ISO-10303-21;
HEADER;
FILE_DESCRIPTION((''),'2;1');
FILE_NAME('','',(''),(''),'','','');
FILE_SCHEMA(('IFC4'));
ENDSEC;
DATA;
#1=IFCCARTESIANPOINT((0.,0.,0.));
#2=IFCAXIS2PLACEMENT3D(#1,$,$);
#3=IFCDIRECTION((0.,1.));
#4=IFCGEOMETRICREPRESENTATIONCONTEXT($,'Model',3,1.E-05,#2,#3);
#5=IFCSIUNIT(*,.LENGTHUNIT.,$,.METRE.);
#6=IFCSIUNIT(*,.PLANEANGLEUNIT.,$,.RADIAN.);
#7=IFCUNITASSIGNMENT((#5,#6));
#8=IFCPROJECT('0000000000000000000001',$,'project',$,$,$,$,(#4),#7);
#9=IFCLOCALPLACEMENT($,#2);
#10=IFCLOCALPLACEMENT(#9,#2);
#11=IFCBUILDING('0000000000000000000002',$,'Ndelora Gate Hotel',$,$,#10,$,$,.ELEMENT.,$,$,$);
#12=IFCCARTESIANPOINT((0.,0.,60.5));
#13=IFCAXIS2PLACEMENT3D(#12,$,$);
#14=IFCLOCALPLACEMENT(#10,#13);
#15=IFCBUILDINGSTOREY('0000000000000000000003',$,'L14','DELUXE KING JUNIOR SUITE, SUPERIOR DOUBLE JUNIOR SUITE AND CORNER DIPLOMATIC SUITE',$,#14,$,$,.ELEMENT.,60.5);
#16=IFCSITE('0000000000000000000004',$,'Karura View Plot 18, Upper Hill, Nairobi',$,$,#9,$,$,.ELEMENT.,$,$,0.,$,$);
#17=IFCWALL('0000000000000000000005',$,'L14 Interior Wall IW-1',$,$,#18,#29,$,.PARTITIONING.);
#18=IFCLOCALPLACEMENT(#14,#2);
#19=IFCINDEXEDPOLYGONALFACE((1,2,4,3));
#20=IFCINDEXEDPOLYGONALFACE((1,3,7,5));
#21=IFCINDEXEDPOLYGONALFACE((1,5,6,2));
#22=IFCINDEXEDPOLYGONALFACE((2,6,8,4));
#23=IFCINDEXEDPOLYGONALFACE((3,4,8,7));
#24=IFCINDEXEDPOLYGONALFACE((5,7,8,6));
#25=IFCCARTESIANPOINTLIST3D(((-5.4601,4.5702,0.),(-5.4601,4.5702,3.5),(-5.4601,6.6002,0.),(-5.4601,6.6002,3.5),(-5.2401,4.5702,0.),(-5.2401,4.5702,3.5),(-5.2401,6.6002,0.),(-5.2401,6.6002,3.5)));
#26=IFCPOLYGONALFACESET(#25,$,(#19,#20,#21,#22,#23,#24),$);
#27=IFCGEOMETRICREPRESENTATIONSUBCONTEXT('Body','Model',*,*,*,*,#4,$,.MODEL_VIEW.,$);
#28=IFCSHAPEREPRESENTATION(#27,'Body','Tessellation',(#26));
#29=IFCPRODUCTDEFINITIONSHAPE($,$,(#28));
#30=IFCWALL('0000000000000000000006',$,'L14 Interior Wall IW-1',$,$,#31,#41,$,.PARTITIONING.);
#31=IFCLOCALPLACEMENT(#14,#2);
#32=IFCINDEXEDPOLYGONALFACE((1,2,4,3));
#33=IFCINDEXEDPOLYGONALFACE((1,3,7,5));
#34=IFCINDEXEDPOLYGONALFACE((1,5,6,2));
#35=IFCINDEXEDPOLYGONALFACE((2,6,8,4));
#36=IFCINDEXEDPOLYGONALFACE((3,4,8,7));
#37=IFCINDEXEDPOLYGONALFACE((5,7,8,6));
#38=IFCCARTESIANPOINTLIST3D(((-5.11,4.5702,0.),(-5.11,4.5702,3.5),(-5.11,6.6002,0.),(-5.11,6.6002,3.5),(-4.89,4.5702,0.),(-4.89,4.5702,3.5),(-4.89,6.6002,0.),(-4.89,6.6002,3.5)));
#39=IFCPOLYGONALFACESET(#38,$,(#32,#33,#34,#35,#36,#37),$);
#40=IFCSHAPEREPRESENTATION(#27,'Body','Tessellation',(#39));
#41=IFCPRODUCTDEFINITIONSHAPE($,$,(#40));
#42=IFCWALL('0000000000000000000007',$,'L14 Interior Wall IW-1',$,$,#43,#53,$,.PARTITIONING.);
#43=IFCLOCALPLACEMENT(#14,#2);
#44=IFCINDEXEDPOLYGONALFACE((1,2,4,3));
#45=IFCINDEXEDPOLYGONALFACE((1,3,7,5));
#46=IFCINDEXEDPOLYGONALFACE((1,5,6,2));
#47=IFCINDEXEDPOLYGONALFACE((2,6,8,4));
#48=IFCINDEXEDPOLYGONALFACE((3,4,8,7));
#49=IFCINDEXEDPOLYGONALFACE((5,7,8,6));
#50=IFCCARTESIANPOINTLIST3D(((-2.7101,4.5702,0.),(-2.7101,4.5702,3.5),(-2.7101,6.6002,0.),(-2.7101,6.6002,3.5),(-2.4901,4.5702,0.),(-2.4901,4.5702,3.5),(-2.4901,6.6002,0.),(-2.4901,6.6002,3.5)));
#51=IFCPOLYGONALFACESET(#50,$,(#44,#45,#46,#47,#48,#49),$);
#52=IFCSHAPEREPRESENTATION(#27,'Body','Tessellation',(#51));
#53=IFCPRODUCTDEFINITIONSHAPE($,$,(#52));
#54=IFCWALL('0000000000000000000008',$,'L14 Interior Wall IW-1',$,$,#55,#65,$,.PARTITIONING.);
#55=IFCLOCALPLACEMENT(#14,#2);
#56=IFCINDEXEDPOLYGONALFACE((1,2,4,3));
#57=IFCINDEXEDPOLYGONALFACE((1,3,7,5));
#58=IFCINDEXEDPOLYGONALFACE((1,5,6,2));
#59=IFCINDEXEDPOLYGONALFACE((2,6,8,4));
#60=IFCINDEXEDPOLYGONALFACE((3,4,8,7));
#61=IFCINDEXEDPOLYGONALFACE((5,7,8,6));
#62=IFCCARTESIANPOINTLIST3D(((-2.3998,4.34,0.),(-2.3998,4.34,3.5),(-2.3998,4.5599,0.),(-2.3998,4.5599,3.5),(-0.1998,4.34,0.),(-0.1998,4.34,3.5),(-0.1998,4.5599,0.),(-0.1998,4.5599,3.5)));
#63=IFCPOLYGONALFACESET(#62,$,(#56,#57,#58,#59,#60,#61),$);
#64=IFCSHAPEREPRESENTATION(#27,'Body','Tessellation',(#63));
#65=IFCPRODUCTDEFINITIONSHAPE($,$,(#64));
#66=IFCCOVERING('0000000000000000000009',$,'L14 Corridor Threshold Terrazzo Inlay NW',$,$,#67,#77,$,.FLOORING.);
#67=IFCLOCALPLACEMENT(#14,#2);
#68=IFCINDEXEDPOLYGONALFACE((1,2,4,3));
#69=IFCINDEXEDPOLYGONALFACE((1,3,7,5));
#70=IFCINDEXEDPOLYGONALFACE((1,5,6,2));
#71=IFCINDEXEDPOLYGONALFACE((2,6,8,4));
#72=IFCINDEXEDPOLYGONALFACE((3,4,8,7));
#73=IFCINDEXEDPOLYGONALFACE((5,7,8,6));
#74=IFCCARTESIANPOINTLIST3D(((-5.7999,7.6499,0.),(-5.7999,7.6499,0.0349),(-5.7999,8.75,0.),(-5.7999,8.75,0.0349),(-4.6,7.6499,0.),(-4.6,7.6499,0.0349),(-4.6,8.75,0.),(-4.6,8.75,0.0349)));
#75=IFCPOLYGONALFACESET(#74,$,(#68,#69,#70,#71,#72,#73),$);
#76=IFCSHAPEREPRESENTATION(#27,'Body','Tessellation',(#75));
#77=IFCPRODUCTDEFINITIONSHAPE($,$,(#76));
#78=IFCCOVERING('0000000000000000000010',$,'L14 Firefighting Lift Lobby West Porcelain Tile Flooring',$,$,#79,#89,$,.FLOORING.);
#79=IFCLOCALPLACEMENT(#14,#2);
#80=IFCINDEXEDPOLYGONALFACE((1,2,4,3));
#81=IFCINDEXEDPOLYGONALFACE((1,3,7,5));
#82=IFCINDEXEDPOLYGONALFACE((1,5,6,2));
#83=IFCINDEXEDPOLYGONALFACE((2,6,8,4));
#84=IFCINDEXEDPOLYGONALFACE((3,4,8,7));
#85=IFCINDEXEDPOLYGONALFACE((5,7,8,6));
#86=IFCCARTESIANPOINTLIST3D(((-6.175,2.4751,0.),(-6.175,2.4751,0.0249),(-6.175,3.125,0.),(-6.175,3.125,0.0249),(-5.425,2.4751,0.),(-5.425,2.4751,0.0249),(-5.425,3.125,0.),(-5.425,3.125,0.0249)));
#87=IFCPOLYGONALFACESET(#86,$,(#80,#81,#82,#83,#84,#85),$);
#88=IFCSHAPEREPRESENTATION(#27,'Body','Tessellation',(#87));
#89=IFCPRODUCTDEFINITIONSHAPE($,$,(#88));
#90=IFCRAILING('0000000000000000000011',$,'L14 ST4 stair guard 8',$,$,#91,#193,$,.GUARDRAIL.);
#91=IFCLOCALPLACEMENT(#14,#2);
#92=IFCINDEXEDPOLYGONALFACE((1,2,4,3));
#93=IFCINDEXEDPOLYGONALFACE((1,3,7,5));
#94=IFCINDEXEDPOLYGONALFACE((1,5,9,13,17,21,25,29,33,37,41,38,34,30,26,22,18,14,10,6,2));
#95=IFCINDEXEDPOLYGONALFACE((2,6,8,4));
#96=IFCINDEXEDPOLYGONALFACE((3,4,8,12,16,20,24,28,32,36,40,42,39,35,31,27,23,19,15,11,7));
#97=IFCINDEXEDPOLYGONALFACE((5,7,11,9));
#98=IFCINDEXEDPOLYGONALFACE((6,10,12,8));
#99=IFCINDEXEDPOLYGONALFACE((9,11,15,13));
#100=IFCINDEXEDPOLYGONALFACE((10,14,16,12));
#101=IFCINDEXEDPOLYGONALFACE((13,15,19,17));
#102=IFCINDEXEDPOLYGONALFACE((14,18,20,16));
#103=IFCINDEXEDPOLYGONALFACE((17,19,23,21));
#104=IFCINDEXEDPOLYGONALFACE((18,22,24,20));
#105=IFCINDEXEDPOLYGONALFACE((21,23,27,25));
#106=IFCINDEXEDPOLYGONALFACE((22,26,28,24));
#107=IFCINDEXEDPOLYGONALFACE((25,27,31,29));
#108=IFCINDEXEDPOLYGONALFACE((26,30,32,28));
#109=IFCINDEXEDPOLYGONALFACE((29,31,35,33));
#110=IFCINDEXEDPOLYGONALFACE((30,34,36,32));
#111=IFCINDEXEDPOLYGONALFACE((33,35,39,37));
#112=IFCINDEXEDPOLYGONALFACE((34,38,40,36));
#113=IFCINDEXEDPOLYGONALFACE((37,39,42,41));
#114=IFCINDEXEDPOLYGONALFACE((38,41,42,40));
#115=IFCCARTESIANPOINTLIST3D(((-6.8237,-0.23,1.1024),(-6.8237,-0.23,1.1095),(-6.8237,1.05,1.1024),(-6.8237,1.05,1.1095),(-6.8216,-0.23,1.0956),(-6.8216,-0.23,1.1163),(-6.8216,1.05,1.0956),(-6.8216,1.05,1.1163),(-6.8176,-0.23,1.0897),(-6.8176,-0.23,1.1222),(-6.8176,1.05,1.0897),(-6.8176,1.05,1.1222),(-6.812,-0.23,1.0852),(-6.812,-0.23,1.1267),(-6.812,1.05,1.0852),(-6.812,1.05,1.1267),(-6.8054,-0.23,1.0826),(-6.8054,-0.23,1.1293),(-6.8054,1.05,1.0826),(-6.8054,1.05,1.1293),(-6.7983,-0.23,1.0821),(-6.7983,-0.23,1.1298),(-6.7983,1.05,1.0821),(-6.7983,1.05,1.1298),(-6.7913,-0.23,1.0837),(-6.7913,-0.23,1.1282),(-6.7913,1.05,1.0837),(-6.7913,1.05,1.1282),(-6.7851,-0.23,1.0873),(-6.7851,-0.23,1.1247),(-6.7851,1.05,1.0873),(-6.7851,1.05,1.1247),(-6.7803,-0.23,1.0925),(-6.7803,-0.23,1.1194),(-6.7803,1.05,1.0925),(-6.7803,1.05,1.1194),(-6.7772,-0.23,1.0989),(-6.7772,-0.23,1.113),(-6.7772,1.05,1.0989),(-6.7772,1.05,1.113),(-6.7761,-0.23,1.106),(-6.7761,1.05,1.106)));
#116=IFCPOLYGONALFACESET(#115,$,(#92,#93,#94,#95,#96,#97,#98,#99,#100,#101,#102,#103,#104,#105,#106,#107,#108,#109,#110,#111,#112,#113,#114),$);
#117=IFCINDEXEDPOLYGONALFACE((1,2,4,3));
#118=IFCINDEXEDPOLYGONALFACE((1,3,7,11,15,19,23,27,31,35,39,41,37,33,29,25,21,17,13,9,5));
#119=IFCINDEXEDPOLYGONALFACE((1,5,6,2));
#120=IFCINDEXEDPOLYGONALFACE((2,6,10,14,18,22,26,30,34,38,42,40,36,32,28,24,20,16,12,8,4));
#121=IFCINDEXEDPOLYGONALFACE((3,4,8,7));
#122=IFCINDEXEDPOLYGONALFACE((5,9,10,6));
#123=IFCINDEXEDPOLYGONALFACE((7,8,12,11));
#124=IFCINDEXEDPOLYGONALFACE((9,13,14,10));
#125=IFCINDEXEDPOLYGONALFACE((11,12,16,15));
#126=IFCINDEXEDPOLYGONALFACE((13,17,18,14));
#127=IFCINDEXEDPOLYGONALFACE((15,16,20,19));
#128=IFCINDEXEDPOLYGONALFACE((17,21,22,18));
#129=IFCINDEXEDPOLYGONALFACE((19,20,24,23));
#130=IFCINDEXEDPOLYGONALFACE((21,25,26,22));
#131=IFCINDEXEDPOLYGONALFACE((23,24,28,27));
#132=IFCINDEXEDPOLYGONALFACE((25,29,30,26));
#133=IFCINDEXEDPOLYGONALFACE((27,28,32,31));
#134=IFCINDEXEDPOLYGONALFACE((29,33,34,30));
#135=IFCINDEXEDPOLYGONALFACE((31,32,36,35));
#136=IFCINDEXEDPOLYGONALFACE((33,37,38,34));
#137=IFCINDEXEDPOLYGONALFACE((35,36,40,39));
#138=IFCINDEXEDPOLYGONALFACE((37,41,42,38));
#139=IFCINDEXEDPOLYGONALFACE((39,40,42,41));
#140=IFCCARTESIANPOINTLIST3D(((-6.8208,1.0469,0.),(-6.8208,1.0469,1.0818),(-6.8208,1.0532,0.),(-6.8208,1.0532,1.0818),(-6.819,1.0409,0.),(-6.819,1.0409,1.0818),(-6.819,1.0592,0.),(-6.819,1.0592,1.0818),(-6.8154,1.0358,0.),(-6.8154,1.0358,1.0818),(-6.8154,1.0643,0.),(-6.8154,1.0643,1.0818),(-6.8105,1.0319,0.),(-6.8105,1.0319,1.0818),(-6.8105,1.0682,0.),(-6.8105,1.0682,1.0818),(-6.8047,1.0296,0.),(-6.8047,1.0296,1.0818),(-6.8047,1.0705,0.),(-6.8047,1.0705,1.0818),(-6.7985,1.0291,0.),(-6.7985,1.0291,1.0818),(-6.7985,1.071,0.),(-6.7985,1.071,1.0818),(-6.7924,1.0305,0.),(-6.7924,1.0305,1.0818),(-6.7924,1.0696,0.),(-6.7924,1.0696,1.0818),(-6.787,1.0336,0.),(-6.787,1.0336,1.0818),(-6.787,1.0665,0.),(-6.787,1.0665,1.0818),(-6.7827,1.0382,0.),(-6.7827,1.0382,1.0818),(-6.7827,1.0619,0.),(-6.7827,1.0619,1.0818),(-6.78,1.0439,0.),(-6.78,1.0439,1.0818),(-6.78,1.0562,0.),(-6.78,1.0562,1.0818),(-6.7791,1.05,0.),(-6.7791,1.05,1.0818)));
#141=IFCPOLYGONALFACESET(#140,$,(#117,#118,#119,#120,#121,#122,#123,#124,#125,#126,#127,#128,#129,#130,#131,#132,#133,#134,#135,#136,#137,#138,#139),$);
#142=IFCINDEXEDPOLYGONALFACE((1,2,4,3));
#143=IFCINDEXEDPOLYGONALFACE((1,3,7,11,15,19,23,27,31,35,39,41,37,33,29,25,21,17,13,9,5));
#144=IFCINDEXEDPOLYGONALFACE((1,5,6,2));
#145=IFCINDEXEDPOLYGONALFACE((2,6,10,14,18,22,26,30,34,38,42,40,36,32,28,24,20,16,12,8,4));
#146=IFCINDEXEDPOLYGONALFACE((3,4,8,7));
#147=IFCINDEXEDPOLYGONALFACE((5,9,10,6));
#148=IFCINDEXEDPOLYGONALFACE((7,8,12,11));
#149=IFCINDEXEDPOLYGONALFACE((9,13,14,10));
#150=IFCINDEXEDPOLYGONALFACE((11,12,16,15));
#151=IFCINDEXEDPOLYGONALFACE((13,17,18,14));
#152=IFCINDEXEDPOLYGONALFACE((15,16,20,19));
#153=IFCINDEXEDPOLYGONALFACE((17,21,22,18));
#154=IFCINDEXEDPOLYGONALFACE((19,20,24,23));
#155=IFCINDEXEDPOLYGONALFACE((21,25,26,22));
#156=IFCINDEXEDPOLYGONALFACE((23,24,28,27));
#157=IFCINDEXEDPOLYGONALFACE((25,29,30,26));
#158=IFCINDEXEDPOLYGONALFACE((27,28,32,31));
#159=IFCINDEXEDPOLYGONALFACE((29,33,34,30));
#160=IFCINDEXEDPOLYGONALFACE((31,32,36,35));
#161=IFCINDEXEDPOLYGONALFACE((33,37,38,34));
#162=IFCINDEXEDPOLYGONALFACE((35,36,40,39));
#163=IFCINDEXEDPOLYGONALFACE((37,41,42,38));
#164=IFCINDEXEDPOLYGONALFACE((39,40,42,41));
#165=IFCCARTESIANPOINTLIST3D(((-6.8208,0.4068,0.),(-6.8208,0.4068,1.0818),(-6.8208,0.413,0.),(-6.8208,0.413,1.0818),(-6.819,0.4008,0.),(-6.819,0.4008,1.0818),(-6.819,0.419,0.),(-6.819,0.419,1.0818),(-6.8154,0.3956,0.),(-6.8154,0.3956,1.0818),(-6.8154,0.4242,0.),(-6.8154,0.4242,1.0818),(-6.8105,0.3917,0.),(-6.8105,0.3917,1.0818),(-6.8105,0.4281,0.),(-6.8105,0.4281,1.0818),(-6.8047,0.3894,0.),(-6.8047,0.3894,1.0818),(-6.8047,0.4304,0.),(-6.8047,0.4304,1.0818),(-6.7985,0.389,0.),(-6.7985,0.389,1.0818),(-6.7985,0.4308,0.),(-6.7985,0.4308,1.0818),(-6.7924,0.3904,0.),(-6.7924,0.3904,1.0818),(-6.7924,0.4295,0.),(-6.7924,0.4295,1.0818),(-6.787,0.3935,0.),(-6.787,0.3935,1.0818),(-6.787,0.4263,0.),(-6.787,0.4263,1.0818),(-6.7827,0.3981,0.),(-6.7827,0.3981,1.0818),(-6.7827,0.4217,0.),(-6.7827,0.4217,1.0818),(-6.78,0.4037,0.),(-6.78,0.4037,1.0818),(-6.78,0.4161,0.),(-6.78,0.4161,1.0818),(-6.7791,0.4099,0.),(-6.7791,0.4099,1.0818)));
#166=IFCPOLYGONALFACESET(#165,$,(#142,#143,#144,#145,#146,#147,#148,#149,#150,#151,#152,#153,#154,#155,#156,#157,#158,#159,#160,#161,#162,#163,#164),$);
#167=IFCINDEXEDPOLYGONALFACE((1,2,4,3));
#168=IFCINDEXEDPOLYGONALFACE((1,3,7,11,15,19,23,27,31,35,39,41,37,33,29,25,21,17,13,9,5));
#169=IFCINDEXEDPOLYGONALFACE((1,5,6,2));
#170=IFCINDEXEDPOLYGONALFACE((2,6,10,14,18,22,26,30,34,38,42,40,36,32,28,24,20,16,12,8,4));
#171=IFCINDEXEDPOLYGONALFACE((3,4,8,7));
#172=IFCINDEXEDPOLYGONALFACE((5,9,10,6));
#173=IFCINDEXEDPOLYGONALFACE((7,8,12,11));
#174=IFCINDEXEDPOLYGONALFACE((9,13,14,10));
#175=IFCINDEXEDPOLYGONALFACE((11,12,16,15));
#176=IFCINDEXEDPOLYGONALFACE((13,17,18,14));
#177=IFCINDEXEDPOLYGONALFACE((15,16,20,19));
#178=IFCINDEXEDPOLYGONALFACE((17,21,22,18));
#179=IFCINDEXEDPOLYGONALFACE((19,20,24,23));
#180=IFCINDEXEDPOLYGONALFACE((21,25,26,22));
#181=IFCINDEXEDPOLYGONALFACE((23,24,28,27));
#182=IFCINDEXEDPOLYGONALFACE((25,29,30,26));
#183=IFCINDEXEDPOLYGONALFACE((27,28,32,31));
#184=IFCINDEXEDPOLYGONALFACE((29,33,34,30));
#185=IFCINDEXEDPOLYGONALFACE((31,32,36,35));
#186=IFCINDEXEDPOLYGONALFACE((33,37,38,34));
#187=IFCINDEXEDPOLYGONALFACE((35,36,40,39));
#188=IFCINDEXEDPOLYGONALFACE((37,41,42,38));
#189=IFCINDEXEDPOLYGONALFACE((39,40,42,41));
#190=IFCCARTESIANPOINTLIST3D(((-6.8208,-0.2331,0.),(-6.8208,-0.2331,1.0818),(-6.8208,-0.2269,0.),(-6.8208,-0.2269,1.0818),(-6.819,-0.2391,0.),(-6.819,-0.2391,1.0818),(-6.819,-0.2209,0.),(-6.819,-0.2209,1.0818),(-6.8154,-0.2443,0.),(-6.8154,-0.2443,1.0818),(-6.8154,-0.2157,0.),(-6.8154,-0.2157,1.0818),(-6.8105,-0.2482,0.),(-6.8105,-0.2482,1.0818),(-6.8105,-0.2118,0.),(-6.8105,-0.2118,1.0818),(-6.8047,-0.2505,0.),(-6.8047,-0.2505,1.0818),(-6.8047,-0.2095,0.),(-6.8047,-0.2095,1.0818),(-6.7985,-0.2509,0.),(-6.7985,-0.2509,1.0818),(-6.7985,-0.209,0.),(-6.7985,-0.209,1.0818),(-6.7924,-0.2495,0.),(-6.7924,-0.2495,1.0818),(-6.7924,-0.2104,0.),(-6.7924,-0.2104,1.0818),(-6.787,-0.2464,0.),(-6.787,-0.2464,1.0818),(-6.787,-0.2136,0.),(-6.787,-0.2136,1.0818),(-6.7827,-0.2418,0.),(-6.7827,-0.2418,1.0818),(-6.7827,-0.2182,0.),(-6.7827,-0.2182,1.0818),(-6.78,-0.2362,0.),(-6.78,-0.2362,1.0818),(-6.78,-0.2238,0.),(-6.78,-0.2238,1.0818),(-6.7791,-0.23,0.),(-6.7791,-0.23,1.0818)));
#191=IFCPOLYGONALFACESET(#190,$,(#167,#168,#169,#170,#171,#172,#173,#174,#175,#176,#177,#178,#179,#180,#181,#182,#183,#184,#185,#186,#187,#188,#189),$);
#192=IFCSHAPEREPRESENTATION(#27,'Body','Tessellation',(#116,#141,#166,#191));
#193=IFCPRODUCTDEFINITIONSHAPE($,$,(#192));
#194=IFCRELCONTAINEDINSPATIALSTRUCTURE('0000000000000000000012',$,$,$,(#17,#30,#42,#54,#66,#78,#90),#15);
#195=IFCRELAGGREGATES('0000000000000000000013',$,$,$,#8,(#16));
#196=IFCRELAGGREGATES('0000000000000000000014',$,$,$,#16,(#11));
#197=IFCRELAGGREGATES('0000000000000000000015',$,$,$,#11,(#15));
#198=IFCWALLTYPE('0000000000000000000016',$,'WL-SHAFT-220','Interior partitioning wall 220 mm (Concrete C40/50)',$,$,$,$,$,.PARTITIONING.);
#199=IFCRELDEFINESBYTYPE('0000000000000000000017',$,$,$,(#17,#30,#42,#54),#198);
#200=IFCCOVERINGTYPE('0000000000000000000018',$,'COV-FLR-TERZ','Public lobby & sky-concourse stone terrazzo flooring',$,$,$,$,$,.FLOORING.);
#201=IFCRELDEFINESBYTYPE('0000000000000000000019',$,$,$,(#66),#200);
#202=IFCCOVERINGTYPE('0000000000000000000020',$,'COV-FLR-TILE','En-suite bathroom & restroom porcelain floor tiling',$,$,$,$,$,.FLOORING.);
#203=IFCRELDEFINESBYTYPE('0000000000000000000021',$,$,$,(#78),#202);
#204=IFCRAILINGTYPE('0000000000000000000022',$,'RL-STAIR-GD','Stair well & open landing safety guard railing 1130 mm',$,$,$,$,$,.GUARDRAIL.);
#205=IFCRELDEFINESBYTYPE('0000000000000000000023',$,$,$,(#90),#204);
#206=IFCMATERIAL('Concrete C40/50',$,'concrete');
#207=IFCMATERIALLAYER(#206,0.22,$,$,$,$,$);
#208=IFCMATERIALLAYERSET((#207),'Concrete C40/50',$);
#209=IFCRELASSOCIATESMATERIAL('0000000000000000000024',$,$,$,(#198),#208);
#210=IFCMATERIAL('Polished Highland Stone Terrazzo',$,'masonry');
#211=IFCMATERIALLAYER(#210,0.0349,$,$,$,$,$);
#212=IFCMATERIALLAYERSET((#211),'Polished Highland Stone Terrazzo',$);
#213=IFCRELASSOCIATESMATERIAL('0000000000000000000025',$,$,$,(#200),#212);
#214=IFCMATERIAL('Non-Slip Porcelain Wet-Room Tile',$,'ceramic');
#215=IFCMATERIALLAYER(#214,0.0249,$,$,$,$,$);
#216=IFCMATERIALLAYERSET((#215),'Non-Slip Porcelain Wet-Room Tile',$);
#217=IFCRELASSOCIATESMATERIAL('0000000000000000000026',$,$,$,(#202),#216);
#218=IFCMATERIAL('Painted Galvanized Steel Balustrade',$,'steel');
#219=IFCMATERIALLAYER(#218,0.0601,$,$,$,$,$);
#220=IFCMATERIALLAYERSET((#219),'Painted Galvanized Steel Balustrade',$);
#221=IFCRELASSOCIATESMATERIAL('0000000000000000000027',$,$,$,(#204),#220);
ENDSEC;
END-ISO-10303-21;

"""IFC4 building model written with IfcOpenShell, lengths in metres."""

from ifc_helpers import new_model, si_unit, direction, frame, frame_2d, origin, origin_2d, place, context, subcontext, project, spatial, rectangle, circle, extrude, material, layer, layer_set, type_object, element, save


model = new_model("IFC4")

# Units and contexts
model_context = context("Model", 3, precision=1e-05, world=origin(), true_north=direction((0.0, 1.0)))
body_context = subcontext(model_context, "Body", "Model", "MODEL_VIEW")
ifc_project = project(units=[si_unit("LENGTHUNIT", "METRE"), si_unit("PLANEANGLEUNIT", "RADIAN")], contexts=[model_context])

# Site, building, storey
site_placement = place(None, origin())
site = spatial("IfcSite", under=ifc_project, at=site_placement, Name="Karura View Plot 18, Upper Hill, Nairobi", CompositionType="ELEMENT", RefElevation=0.0)
building_placement = place(site_placement, origin())
building = spatial("IfcBuilding", under=site, at=building_placement, Name="Ndelora Gate Hotel", CompositionType="ELEMENT")
storey_placement = place(building_placement, frame((0.0, 0.0, 60.5)))
storey = spatial("IfcBuildingStorey", under=building, at=storey_placement, Name="L14", Description="DELUXE KING JUNIOR SUITE, SUPERIOR DOUBLE JUNIOR SUITE AND CORNER DIPLOMATIC SUITE", CompositionType="ELEMENT", Elevation=60.5)

# Shared definitions
ifc_material_1 = material(Name="Concrete C40/50", Category="concrete")

# Wall
ifc_layer_1 = layer(ifc_material_1, 0.22)
ifc_layer_set_1 = layer_set([ifc_layer_1], Name="Concrete C40/50")
wall_type_1 = type_object("IfcWallType", Name="WL-SHAFT-220", Description="Interior partitioning wall 220 mm (Concrete C40/50)", PredefinedType="PARTITIONING", material=ifc_layer_set_1)
wall_1_placement = place(storey_placement, frame((-5.3501, 4.5701, 0.0), z_axis=(0.0, 0.0, 1.0), x_axis=(0.0, 1.0, 0.0)))
element("IfcWall", 1, at=wall_1_placement, inside=storey, type_object=wall_type_1, Name="L14 Interior Wall IW-1", PredefinedType="PARTITIONING", context=body_context, shape_type="SweptSolid", body=[
    extrude(rectangle(XDim=2.03, YDim=0.22, at=frame_2d((1.0151, 0.0))), origin(), (0.0, 0.0, 1.0), 3.5),
])

# Walls
for number, where, z_axis, x_axis, name in (
    (2, (-5.0, 4.5701, 0.0), (0.0, 0.0, 1.0), (0.0, 1.0, 0.0), "L14 Interior Wall IW-1"),
    (3, (-2.6001, 4.5701, 0.0), (0.0, 0.0, 1.0), (0.0, 1.0, 0.0), "L14 Interior Wall IW-1"),
):
    element("IfcWall", number, at=place(storey_placement, frame(where, z_axis=z_axis, x_axis=x_axis)), inside=storey, type_object=wall_type_1, Name=name, PredefinedType="PARTITIONING", context=body_context, shape_type="SweptSolid", body=[
        extrude(rectangle(XDim=2.03, YDim=0.22, at=frame_2d((1.0151, 0.0))), origin(), (0.0, 0.0, 1.0), 3.5),
    ])
wall_2_placement = place(storey_placement, frame((-2.3999, 4.45, 0.0), z_axis=(0.0, 0.0, 1.0), x_axis=(1.0, 0.0, 0.0)))
element("IfcWall", 4, at=wall_2_placement, inside=storey, type_object=wall_type_1, Name="L14 Interior Wall IW-1", PredefinedType="PARTITIONING", context=body_context, shape_type="SweptSolid", body=[
    extrude(rectangle(XDim=2.2, YDim=0.22, at=frame_2d((1.1001, 0.0))), origin(), (0.0, 0.0, 1.0), 3.5),
])

# Coverings
ifc_material_2 = material(Name="Polished Highland Stone Terrazzo", Category="masonry")
ifc_layer_2 = layer(ifc_material_2, 0.0349)
ifc_layer_set_2 = layer_set([ifc_layer_2], Name="Polished Highland Stone Terrazzo")
covering_type_1 = type_object("IfcCoveringType", Name="COV-FLR-TERZ", Description="Public lobby & sky-concourse stone terrazzo flooring", PredefinedType="FLOORING", material=ifc_layer_set_2)
covering_1_placement = place(storey_placement, frame((-5.2, 8.2, 0.0), z_axis=(0.0, 0.0, 1.0), x_axis=(1.0, 0.0, 0.0)))
element("IfcCovering", 5, at=covering_1_placement, inside=storey, type_object=covering_type_1, Name="L14 Corridor Threshold Terrazzo Inlay NW", PredefinedType="FLOORING", context=body_context, shape_type="SweptSolid", body=[
    extrude(rectangle(XDim=1.2, YDim=1.1001, at=origin_2d()), origin(), (0.0, 0.0, 1.0), 0.0349),
])
ifc_material_3 = material(Name="Non-Slip Porcelain Wet-Room Tile", Category="ceramic")
ifc_layer_3 = layer(ifc_material_3, 0.0249)
ifc_layer_set_3 = layer_set([ifc_layer_3], Name="Non-Slip Porcelain Wet-Room Tile")
covering_type_2 = type_object("IfcCoveringType", Name="COV-FLR-TILE", Description="En-suite bathroom & restroom porcelain floor tiling", PredefinedType="FLOORING", material=ifc_layer_set_3)
covering_2_placement = place(storey_placement, frame((-5.8, 2.8, 0.0), z_axis=(0.0, 0.0, 1.0), x_axis=(1.0, 0.0, 0.0)))
element("IfcCovering", 6, at=covering_2_placement, inside=storey, type_object=covering_type_2, Name="L14 Firefighting Lift Lobby West Porcelain Tile Flooring", PredefinedType="FLOORING", context=body_context, shape_type="SweptSolid", body=[
    extrude(rectangle(XDim=0.75, YDim=0.6499, at=origin_2d()), origin(), (0.0, 0.0, 1.0), 0.0249),
])

# Railing
ifc_material_4 = material(Name="Painted Galvanized Steel Balustrade", Category="steel")
ifc_layer_4 = layer(ifc_material_4, 0.0601)
ifc_layer_set_4 = layer_set([ifc_layer_4], Name="Painted Galvanized Steel Balustrade")
railing_type = type_object("IfcRailingType", Name="RL-STAIR-GD", Description="Stair well & open landing safety guard railing 1130 mm", PredefinedType="GUARDRAIL", material=ifc_layer_set_4)
for number, where, name in (
    (7, (-6.8, 1.05, 0.0), "L14 ST4 stair guard 8"),
):
    element("IfcRailing", number, at=place(storey_placement, frame(where)), inside=storey, type_object=railing_type, Name=name, PredefinedType="GUARDRAIL", context=body_context, shape_type="SweptSolid", body=[
        extrude(circle(Radius=0.0239, at=origin_2d()), frame((0.0, 0.0, 1.106), z_axis=(0.0, -1.0, 0.0), x_axis=(1.0, 0.0, 0.0)), (0.0, 0.0, 1.0), 1.28),
        extrude(circle(Radius=0.021, at=origin_2d()), origin(), (0.0, 0.0, 1.0), 1.0818),
        extrude(circle(Radius=0.021, at=origin_2d()), frame((0.0, -0.6401, 0.0)), (0.0, 0.0, 1.0), 1.0818),
        extrude(circle(Radius=0.021, at=origin_2d()), frame((0.0, -1.28, 0.0)), (0.0, 0.0, 1.0), 1.0818),
    ])

save(model, "model.ifc")
